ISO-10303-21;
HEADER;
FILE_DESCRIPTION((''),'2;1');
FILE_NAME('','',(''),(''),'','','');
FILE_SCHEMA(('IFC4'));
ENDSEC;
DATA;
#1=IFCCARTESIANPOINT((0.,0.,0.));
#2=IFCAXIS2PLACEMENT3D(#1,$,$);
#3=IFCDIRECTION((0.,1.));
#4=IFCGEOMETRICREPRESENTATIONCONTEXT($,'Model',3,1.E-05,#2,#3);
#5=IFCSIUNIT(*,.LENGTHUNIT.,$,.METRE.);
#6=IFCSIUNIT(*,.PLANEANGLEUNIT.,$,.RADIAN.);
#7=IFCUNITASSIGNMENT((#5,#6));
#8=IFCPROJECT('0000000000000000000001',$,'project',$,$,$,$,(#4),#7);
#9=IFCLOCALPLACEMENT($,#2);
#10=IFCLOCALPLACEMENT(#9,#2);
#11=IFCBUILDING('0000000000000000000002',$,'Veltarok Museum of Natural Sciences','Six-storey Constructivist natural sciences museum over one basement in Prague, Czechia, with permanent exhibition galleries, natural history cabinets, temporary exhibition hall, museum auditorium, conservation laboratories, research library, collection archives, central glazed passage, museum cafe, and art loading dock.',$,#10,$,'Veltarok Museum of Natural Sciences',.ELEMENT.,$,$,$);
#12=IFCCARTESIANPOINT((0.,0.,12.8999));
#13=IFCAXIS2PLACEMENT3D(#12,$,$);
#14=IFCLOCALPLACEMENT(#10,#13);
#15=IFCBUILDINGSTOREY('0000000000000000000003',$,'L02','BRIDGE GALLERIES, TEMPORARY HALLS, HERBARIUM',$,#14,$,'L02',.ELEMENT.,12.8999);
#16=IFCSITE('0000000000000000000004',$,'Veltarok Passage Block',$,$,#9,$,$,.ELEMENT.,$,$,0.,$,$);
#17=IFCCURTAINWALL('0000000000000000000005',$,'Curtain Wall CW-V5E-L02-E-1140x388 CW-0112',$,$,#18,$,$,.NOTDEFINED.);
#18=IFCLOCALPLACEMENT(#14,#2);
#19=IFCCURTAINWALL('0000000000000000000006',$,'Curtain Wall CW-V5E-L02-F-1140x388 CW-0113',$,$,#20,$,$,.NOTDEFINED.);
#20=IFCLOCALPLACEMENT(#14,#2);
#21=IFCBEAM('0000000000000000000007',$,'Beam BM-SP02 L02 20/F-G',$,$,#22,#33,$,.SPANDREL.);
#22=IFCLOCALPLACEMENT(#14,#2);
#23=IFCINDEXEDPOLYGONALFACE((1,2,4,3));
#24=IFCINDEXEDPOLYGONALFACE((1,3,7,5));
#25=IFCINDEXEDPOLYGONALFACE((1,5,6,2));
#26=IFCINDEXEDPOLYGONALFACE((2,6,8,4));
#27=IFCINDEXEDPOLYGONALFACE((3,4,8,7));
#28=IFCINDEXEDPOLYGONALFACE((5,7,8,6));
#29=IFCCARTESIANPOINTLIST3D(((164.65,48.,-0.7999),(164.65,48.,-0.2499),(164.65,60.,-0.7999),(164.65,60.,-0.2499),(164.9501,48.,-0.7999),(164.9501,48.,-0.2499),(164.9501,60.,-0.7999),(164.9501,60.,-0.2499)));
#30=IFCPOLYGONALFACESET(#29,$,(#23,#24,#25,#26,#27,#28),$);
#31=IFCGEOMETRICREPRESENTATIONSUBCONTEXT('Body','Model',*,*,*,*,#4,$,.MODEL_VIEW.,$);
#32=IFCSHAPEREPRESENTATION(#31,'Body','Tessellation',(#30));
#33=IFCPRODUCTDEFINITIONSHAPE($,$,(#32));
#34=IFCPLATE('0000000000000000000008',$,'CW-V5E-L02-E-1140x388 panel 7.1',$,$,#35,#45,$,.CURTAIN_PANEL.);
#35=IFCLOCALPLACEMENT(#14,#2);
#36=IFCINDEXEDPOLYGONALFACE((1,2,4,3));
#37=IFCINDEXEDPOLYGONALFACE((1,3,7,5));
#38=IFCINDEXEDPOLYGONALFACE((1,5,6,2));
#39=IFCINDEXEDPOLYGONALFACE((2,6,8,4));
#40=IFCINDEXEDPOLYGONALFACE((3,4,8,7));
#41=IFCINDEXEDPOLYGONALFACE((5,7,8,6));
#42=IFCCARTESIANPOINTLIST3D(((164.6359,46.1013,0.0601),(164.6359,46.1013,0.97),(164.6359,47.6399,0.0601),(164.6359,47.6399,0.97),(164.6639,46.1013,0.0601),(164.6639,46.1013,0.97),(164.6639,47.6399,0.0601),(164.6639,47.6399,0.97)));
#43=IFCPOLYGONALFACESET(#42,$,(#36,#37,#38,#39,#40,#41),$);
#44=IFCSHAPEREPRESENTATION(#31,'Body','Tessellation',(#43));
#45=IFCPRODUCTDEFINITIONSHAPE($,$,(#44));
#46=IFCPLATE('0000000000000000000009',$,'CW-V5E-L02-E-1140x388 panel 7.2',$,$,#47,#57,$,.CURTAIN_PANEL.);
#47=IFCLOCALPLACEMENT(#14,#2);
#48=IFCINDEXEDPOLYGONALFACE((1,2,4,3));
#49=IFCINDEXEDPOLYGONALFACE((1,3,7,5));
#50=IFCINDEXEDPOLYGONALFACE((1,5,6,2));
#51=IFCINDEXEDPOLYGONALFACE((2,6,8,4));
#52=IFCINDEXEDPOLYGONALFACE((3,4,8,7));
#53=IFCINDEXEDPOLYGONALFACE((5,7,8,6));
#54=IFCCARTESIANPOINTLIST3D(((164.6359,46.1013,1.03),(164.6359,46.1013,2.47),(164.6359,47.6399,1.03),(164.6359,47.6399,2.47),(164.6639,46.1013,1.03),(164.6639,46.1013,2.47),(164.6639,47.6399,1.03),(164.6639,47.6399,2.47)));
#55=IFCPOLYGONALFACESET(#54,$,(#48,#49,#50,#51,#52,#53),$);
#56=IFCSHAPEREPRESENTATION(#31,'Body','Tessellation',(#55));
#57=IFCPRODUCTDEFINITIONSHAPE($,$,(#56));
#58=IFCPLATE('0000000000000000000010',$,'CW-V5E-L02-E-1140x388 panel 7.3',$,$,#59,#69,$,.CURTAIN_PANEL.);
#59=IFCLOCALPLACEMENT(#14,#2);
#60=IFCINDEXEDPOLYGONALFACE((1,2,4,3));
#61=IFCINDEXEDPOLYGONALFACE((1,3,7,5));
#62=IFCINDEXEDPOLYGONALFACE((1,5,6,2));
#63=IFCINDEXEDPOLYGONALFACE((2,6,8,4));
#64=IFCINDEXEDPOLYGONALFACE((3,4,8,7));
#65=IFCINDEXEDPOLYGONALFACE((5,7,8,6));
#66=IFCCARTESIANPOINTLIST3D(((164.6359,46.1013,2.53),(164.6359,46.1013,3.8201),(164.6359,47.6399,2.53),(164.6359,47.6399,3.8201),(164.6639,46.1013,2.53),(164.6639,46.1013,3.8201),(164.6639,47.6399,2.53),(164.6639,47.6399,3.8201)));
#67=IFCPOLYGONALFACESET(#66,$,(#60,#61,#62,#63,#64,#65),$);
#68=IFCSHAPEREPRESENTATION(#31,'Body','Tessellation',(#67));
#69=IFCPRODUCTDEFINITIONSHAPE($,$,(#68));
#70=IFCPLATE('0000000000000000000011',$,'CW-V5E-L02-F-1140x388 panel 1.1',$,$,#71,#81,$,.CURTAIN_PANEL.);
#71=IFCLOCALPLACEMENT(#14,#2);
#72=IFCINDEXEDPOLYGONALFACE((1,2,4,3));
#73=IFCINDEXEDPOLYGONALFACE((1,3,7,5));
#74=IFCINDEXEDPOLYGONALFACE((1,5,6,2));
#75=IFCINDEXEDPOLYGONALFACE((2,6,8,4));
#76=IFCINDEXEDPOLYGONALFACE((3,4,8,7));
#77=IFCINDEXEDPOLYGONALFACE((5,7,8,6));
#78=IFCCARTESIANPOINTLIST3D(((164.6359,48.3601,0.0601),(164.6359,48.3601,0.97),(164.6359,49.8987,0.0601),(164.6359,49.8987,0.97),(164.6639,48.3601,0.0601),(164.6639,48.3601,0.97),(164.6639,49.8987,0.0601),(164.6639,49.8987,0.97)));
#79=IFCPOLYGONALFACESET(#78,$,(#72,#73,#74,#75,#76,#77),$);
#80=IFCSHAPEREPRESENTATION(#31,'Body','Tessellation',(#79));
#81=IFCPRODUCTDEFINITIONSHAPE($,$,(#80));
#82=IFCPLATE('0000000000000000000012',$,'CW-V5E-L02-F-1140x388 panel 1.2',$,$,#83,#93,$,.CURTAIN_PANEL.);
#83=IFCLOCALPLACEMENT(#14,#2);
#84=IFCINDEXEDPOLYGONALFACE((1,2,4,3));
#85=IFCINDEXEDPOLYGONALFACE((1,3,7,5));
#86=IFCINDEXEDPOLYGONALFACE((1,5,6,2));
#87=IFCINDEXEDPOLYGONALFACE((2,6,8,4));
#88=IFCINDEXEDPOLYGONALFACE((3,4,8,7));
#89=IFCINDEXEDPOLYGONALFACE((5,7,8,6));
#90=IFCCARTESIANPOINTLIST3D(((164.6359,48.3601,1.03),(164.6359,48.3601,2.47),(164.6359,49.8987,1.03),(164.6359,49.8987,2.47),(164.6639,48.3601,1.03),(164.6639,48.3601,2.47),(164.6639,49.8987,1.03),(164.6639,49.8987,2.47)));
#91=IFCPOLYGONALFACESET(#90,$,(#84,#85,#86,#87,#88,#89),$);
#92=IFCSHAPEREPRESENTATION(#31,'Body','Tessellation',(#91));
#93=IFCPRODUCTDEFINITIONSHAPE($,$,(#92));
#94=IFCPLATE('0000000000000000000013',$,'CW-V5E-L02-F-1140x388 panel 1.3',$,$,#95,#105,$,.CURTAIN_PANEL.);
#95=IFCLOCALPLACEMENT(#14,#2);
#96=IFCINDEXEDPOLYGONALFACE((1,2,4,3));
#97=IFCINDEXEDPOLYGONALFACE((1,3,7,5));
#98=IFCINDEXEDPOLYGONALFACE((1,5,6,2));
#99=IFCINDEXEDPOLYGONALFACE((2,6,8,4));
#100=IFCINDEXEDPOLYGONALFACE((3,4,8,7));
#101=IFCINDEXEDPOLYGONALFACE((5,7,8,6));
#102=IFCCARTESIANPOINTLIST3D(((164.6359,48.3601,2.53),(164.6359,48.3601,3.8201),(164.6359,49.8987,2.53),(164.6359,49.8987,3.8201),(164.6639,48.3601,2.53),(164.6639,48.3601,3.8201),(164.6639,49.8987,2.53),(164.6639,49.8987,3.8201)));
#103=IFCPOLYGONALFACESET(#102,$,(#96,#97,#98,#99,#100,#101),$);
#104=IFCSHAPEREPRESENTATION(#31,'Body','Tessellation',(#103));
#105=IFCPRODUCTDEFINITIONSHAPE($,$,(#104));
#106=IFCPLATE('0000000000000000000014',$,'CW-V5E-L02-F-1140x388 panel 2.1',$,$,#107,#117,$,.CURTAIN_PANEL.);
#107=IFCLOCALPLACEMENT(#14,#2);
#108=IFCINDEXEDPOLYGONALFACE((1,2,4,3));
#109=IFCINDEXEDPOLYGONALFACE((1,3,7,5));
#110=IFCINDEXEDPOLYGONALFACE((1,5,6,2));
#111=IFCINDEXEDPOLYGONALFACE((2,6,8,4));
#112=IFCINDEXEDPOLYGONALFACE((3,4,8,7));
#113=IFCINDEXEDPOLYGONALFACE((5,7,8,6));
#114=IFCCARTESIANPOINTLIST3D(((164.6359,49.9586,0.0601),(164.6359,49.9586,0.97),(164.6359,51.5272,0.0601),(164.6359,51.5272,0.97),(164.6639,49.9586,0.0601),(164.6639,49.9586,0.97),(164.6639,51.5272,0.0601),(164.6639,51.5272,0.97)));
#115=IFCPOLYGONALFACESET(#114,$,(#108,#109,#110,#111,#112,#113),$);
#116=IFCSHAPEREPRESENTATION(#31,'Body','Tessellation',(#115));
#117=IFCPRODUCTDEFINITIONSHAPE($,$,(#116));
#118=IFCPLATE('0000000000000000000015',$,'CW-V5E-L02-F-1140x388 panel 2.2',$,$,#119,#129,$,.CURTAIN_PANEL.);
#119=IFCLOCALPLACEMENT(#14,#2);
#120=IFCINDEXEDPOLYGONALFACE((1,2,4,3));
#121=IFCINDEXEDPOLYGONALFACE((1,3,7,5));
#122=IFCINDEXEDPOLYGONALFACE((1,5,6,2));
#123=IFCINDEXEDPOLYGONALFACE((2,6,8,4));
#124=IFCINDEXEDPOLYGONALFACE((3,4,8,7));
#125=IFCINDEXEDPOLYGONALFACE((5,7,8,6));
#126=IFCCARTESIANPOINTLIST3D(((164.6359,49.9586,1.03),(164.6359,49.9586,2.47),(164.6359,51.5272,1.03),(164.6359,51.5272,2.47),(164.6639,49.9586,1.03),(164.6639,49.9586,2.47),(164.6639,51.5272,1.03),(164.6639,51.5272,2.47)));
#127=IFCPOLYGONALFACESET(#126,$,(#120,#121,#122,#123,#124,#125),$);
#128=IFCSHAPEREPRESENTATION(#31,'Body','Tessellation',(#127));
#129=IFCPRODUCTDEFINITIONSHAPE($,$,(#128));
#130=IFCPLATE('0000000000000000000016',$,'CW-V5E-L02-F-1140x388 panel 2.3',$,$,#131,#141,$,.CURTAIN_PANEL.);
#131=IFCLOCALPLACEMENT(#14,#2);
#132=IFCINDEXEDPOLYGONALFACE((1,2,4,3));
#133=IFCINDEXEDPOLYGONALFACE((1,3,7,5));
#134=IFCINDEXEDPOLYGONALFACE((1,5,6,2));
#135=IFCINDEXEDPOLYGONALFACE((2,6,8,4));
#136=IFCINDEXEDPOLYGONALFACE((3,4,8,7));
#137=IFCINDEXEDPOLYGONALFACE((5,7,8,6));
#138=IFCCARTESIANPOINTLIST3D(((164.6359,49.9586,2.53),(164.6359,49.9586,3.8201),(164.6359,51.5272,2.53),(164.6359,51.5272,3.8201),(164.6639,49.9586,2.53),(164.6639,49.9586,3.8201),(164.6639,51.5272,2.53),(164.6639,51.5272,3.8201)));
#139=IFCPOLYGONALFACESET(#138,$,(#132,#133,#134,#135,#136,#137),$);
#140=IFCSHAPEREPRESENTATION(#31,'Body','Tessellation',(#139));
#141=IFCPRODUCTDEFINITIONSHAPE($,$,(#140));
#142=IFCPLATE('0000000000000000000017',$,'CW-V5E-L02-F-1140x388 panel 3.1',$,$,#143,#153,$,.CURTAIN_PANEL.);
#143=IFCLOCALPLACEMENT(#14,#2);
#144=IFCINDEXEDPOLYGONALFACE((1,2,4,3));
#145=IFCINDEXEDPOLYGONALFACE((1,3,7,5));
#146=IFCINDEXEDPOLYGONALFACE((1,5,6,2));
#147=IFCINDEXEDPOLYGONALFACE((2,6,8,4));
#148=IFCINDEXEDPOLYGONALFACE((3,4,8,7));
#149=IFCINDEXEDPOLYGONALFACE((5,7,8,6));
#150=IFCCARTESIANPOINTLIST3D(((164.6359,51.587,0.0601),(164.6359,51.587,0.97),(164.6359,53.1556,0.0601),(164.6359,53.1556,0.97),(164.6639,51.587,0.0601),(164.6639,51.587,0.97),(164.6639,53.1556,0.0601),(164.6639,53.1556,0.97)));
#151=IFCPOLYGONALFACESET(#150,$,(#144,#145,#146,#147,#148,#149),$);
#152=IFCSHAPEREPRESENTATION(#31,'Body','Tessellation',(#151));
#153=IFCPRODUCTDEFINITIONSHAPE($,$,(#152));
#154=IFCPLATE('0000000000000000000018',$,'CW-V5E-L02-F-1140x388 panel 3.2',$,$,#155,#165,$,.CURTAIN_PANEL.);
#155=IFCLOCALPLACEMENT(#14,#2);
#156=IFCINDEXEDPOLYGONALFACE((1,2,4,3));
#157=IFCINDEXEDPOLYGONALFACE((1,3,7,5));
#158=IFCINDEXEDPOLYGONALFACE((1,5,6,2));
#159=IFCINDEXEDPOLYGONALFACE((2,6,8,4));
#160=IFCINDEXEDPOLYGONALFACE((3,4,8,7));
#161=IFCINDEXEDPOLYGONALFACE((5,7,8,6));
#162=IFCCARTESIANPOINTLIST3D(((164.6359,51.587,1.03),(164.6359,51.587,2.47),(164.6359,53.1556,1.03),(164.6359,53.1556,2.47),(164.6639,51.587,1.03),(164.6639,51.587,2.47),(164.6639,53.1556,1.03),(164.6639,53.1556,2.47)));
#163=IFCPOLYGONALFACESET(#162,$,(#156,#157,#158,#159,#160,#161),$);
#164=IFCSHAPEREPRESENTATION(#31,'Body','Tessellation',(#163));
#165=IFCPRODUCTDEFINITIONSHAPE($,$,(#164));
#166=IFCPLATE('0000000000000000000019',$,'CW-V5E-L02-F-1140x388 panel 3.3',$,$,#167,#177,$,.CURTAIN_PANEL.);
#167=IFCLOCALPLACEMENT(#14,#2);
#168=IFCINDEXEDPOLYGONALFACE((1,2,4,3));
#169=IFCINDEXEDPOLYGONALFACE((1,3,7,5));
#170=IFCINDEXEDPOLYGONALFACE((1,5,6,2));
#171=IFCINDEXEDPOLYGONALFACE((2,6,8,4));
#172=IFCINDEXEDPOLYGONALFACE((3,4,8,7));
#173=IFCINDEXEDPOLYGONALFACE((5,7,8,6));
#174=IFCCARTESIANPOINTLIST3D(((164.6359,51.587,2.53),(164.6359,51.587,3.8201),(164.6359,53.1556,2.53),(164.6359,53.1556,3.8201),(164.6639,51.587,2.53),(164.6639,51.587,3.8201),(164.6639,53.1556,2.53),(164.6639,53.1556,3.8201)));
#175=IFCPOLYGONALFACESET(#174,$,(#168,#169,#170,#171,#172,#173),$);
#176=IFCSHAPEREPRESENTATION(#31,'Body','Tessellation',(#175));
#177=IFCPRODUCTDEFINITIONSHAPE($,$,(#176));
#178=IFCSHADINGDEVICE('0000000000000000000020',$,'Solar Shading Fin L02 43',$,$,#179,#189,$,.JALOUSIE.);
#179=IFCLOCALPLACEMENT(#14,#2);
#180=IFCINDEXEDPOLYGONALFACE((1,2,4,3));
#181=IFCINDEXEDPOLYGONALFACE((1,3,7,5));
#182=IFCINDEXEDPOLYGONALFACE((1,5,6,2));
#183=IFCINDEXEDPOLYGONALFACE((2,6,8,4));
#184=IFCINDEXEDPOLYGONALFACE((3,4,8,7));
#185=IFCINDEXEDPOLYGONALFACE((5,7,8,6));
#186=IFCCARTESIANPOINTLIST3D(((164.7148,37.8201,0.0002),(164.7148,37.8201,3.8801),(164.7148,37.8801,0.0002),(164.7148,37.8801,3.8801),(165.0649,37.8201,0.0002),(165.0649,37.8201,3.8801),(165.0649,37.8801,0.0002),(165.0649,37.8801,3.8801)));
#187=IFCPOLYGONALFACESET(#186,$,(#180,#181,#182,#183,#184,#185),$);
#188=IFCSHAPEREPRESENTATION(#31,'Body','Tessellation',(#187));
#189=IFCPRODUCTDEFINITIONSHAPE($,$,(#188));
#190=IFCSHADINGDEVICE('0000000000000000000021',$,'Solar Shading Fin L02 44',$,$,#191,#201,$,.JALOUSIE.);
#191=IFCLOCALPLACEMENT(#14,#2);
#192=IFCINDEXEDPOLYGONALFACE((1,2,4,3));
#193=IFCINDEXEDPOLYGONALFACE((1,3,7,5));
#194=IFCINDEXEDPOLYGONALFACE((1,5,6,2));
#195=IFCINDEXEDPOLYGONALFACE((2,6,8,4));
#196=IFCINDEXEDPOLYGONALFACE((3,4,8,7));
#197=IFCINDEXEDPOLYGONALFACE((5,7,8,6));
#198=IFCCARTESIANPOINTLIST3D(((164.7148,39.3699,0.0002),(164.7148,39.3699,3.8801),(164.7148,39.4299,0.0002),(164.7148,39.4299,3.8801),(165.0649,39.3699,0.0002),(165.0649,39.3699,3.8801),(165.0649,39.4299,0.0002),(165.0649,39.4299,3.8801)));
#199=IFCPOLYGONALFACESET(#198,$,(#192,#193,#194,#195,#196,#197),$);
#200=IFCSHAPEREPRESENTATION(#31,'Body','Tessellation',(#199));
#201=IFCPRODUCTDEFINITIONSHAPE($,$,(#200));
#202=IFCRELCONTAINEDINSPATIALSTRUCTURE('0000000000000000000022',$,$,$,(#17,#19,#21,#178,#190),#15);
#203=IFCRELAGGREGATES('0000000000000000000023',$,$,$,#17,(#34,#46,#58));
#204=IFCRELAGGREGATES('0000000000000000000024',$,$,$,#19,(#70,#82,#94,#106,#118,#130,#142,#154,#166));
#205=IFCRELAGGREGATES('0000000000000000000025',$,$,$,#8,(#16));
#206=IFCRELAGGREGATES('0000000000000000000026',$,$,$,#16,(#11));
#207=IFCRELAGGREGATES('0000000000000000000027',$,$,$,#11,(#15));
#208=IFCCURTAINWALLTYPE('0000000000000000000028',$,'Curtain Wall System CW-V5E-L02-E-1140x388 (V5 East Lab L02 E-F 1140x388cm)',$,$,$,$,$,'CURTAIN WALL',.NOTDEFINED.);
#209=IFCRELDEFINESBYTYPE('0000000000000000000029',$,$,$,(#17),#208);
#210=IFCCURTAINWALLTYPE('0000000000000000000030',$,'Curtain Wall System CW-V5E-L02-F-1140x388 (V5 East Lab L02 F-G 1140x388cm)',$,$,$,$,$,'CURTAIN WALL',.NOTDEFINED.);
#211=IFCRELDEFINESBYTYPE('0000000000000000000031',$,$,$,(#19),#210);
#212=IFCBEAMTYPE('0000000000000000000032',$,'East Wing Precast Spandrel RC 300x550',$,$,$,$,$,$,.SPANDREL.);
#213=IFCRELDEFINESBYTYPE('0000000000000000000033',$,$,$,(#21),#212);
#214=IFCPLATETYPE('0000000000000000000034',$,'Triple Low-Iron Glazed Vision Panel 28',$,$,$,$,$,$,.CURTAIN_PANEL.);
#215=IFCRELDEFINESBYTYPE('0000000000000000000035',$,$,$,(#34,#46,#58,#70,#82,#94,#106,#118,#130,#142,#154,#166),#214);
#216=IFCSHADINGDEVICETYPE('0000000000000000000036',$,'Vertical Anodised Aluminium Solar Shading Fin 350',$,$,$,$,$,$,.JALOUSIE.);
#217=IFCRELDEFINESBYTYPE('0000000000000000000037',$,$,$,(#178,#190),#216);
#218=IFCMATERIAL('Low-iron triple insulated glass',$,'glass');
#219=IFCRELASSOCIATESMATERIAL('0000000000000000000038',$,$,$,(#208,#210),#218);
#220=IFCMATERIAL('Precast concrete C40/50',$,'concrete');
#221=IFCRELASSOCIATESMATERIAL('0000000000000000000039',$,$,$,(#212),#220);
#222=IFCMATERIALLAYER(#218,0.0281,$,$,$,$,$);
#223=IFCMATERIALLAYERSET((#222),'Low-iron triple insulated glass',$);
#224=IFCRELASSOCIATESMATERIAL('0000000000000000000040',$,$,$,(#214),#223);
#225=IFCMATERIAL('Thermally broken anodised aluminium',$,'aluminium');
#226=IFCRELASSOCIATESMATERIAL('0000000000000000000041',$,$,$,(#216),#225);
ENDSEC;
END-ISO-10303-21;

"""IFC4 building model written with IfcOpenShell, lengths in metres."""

from ifc_helpers import new_model, si_unit, direction, frame, origin, origin_2d, place, context, subcontext, project, spatial, rectangle, extrude, material, layer, layer_set, material_profile, profile_set, type_object, element, aggregate, save


model = new_model("IFC4")

# Units and contexts
model_context = context("Model", 3, precision=1e-05, world=origin(), true_north=direction((0.0, 1.0)))
body_context = subcontext(model_context, "Body", "Model", "MODEL_VIEW")
ifc_project = project(units=[si_unit("LENGTHUNIT", "METRE"), si_unit("PLANEANGLEUNIT", "RADIAN")], contexts=[model_context])

# Site, building, storey
site_placement = place(None, origin())
site = spatial("IfcSite", under=ifc_project, at=site_placement, Name="Veltarok Passage Block", CompositionType="ELEMENT", RefElevation=0.0)
building_placement = place(site_placement, origin())
building = spatial("IfcBuilding", under=site, at=building_placement, Name="Veltarok Museum of Natural Sciences", Description="Six-storey Constructivist natural sciences museum over one basement in Prague, Czechia, with permanent exhibition galleries, natural history cabinets, temporary exhibition hall, museum auditorium, conservation laboratories, research library, collection archives, central glazed passage, museum cafe, and art loading dock.", LongName="Veltarok Museum of Natural Sciences", CompositionType="ELEMENT")
storey_placement = place(building_placement, frame((0.0, 0.0, 12.8999)))
storey = spatial("IfcBuildingStorey", under=building, at=storey_placement, Name="L02", Description="BRIDGE GALLERIES, TEMPORARY HALLS, HERBARIUM", LongName="L02", CompositionType="ELEMENT", Elevation=12.8999)

# Curtain walls
ifc_material_1 = material(Name="Low-iron triple insulated glass", Category="glass")
curtain_wall_type_1 = type_object("IfcCurtainWallType", Name="Curtain Wall System CW-V5E-L02-E-1140x388 (V5 East Lab L02 E-F 1140x388cm)", ElementType="CURTAIN WALL", PredefinedType="NOTDEFINED", material=ifc_material_1)
curtain_wall_1_placement = place(storey_placement, origin())
curtain_wall_1 = element("IfcCurtainWall", 1, at=curtain_wall_1_placement, inside=storey, type_object=curtain_wall_type_1, Name="Curtain Wall CW-V5E-L02-E-1140x388 CW-0112", PredefinedType="NOTDEFINED")
ifc_material_2 = material(Name="Thermally broken anodised aluminium", Category="aluminium")
curtain_wall_type_2 = type_object("IfcCurtainWallType", Name="Curtain Wall System CW-V5E-L02-F-1140x388 (V5 East Lab L02 F-G 1140x388cm)", ElementType="CURTAIN WALL", PredefinedType="NOTDEFINED", material=ifc_material_1)
curtain_wall_2_placement = place(storey_placement, origin())
curtain_wall_2 = element("IfcCurtainWall", 2, at=curtain_wall_2_placement, inside=storey, type_object=curtain_wall_type_2, Name="Curtain Wall CW-V5E-L02-F-1140x388 CW-0113", PredefinedType="NOTDEFINED")

# Beam
ifc_material_3 = material(Name="Precast concrete C40/50", Category="concrete")
ifc_material_profile_1 = material_profile(ifc_material_3, rectangle(XDim=0.3, YDim=0.55, at=origin_2d()), Name="RC 300x550")
ifc_profile_set_1 = profile_set([ifc_material_profile_1], Name="Precast concrete C40/50")
beam_type = type_object("IfcBeamType", Name="East Wing Precast Spandrel RC 300x550", PredefinedType="SPANDREL", material=ifc_profile_set_1)
beam_placement = place(storey_placement, frame((164.8, 48.0, -0.5249), z_axis=(0.0, 1.0, 0.0), x_axis=(-1.0, 0.0, 0.0)))
element("IfcBeam", 3, at=beam_placement, inside=storey, type_object=beam_type, Name="Beam BM-SP02 L02 20/F-G", PredefinedType="SPANDREL", context=body_context, shape_type="SweptSolid", body=[
    extrude(rectangle(XDim=0.3, YDim=0.55, at=origin_2d()), origin(), (0.0, 0.0, 1.0), 12.0),
])

# Plates
ifc_layer = layer(ifc_material_1, 0.0281)
ifc_layer_set = layer_set([ifc_layer], Name="Low-iron triple insulated glass")
plate_type = type_object("IfcPlateType", Name="Triple Low-Iron Glazed Vision Panel 28", PredefinedType="CURTAIN_PANEL", material=ifc_layer_set)
plate_1_placement = place(storey_placement, frame((164.6499, 46.8706, 0.0601), z_axis=(0.0, 0.0, 1.0), x_axis=(0.0, 1.0, 0.0)))
plate_1 = element("IfcPlate", 4, at=plate_1_placement, type_object=plate_type, Name="CW-V5E-L02-E-1140x388 panel 7.1", PredefinedType="CURTAIN_PANEL", context=body_context, shape_type="SweptSolid", body=[
    extrude(rectangle(XDim=1.5386, YDim=0.0281, at=origin_2d()), origin(), (0.0, 0.0, 1.0), 0.9099),
])
plate_2_placement = place(storey_placement, frame((164.6499, 46.8706, 1.03), z_axis=(0.0, 0.0, 1.0), x_axis=(0.0, 1.0, 0.0)))
plate_2 = element("IfcPlate", 5, at=plate_2_placement, type_object=plate_type, Name="CW-V5E-L02-E-1140x388 panel 7.2", PredefinedType="CURTAIN_PANEL", context=body_context, shape_type="SweptSolid", body=[
    extrude(rectangle(XDim=1.5386, YDim=0.0281, at=origin_2d()), origin(), (0.0, 0.0, 1.0), 1.4399),
])
plate_3_placement = place(storey_placement, frame((164.6499, 46.8706, 2.53), z_axis=(0.0, 0.0, 1.0), x_axis=(0.0, 1.0, 0.0)))
plate_3 = element("IfcPlate", 6, at=plate_3_placement, type_object=plate_type, Name="CW-V5E-L02-E-1140x388 panel 7.3", PredefinedType="CURTAIN_PANEL", context=body_context, shape_type="SweptSolid", body=[
    extrude(rectangle(XDim=1.5386, YDim=0.0281, at=origin_2d()), origin(), (0.0, 0.0, 1.0), 1.29),
])
aggregate(curtain_wall_1, [plate_1, plate_2, plate_3])
plate_4_placement = place(storey_placement, frame((164.6499, 49.1294, 0.0601), z_axis=(0.0, 0.0, 1.0), x_axis=(0.0, 1.0, 0.0)))
plate_4 = element("IfcPlate", 7, at=plate_4_placement, type_object=plate_type, Name="CW-V5E-L02-F-1140x388 panel 1.1", PredefinedType="CURTAIN_PANEL", context=body_context, shape_type="SweptSolid", body=[
    extrude(rectangle(XDim=1.5386, YDim=0.0281, at=origin_2d()), origin(), (0.0, 0.0, 1.0), 0.9099),
])
plate_5_placement = place(storey_placement, frame((164.6499, 49.1294, 1.03), z_axis=(0.0, 0.0, 1.0), x_axis=(0.0, 1.0, 0.0)))
plate_5 = element("IfcPlate", 8, at=plate_5_placement, type_object=plate_type, Name="CW-V5E-L02-F-1140x388 panel 1.2", PredefinedType="CURTAIN_PANEL", context=body_context, shape_type="SweptSolid", body=[
    extrude(rectangle(XDim=1.5386, YDim=0.0281, at=origin_2d()), origin(), (0.0, 0.0, 1.0), 1.4399),
])
plate_6_placement = place(storey_placement, frame((164.6499, 49.1294, 2.53), z_axis=(0.0, 0.0, 1.0), x_axis=(0.0, 1.0, 0.0)))
plate_6 = element("IfcPlate", 9, at=plate_6_placement, type_object=plate_type, Name="CW-V5E-L02-F-1140x388 panel 1.3", PredefinedType="CURTAIN_PANEL", context=body_context, shape_type="SweptSolid", body=[
    extrude(rectangle(XDim=1.5386, YDim=0.0281, at=origin_2d()), origin(), (0.0, 0.0, 1.0), 1.29),
])
plate_7_placement = place(storey_placement, frame((164.6499, 50.7429, 0.0601), z_axis=(0.0, 0.0, 1.0), x_axis=(0.0, 1.0, 0.0)))
plate_7 = element("IfcPlate", 10, at=plate_7_placement, type_object=plate_type, Name="CW-V5E-L02-F-1140x388 panel 2.1", PredefinedType="CURTAIN_PANEL", context=body_context, shape_type="SweptSolid", body=[
    extrude(rectangle(XDim=1.5686, YDim=0.0281, at=origin_2d()), origin(), (0.0, 0.0, 1.0), 0.9099),
])
plate_8_placement = place(storey_placement, frame((164.6499, 50.7429, 1.03), z_axis=(0.0, 0.0, 1.0), x_axis=(0.0, 1.0, 0.0)))
plate_8 = element("IfcPlate", 11, at=plate_8_placement, type_object=plate_type, Name="CW-V5E-L02-F-1140x388 panel 2.2", PredefinedType="CURTAIN_PANEL", context=body_context, shape_type="SweptSolid", body=[
    extrude(rectangle(XDim=1.5686, YDim=0.0281, at=origin_2d()), origin(), (0.0, 0.0, 1.0), 1.4399),
])
plate_9_placement = place(storey_placement, frame((164.6499, 50.7429, 2.53), z_axis=(0.0, 0.0, 1.0), x_axis=(0.0, 1.0, 0.0)))
plate_9 = element("IfcPlate", 12, at=plate_9_placement, type_object=plate_type, Name="CW-V5E-L02-F-1140x388 panel 2.3", PredefinedType="CURTAIN_PANEL", context=body_context, shape_type="SweptSolid", body=[
    extrude(rectangle(XDim=1.5686, YDim=0.0281, at=origin_2d()), origin(), (0.0, 0.0, 1.0), 1.29),
])
plate_10_placement = place(storey_placement, frame((164.6499, 52.3713, 0.0601), z_axis=(0.0, 0.0, 1.0), x_axis=(0.0, 1.0, 0.0)))
plate_10 = element("IfcPlate", 13, at=plate_10_placement, type_object=plate_type, Name="CW-V5E-L02-F-1140x388 panel 3.1", PredefinedType="CURTAIN_PANEL", context=body_context, shape_type="SweptSolid", body=[
    extrude(rectangle(XDim=1.5686, YDim=0.0281, at=origin_2d()), origin(), (0.0, 0.0, 1.0), 0.9099),
])
plate_11_placement = place(storey_placement, frame((164.6499, 52.3713, 1.03), z_axis=(0.0, 0.0, 1.0), x_axis=(0.0, 1.0, 0.0)))
plate_11 = element("IfcPlate", 14, at=plate_11_placement, type_object=plate_type, Name="CW-V5E-L02-F-1140x388 panel 3.2", PredefinedType="CURTAIN_PANEL", context=body_context, shape_type="SweptSolid", body=[
    extrude(rectangle(XDim=1.5686, YDim=0.0281, at=origin_2d()), origin(), (0.0, 0.0, 1.0), 1.4399),
])
plate_12_placement = place(storey_placement, frame((164.6499, 52.3713, 2.53), z_axis=(0.0, 0.0, 1.0), x_axis=(0.0, 1.0, 0.0)))
plate_12 = element("IfcPlate", 15, at=plate_12_placement, type_object=plate_type, Name="CW-V5E-L02-F-1140x388 panel 3.3", PredefinedType="CURTAIN_PANEL", context=body_context, shape_type="SweptSolid", body=[
    extrude(rectangle(XDim=1.5686, YDim=0.0281, at=origin_2d()), origin(), (0.0, 0.0, 1.0), 1.29),
])
aggregate(curtain_wall_2, [plate_4, plate_5, plate_6, plate_7, plate_8, plate_9, plate_10, plate_11, plate_12])

# Shading devices
shading_device_type = type_object("IfcShadingDeviceType", Name="Vertical Anodised Aluminium Solar Shading Fin 350", PredefinedType="JALOUSIE", material=ifc_material_2)
for number, where, z_axis, x_axis, name in (
    (16, (164.8899, 37.8501, 0.0002), (0.0, 0.0, 1.0), (1.0, 0.0, 0.0), "Solar Shading Fin L02 43"),
    (17, (164.8899, 39.3999, 0.0002), (0.0, 0.0, 1.0), (1.0, 0.0, 0.0), "Solar Shading Fin L02 44"),
):
    element("IfcShadingDevice", number, at=place(storey_placement, frame(where, z_axis=z_axis, x_axis=x_axis)), inside=storey, type_object=shading_device_type, Name=name, PredefinedType="JALOUSIE", context=body_context, shape_type="SweptSolid", body=[
        extrude(rectangle(XDim=0.3501, YDim=0.0601, at=origin_2d()), origin(), (0.0, 0.0, 1.0), 3.8799),
    ])

save(model, "model.ifc")
